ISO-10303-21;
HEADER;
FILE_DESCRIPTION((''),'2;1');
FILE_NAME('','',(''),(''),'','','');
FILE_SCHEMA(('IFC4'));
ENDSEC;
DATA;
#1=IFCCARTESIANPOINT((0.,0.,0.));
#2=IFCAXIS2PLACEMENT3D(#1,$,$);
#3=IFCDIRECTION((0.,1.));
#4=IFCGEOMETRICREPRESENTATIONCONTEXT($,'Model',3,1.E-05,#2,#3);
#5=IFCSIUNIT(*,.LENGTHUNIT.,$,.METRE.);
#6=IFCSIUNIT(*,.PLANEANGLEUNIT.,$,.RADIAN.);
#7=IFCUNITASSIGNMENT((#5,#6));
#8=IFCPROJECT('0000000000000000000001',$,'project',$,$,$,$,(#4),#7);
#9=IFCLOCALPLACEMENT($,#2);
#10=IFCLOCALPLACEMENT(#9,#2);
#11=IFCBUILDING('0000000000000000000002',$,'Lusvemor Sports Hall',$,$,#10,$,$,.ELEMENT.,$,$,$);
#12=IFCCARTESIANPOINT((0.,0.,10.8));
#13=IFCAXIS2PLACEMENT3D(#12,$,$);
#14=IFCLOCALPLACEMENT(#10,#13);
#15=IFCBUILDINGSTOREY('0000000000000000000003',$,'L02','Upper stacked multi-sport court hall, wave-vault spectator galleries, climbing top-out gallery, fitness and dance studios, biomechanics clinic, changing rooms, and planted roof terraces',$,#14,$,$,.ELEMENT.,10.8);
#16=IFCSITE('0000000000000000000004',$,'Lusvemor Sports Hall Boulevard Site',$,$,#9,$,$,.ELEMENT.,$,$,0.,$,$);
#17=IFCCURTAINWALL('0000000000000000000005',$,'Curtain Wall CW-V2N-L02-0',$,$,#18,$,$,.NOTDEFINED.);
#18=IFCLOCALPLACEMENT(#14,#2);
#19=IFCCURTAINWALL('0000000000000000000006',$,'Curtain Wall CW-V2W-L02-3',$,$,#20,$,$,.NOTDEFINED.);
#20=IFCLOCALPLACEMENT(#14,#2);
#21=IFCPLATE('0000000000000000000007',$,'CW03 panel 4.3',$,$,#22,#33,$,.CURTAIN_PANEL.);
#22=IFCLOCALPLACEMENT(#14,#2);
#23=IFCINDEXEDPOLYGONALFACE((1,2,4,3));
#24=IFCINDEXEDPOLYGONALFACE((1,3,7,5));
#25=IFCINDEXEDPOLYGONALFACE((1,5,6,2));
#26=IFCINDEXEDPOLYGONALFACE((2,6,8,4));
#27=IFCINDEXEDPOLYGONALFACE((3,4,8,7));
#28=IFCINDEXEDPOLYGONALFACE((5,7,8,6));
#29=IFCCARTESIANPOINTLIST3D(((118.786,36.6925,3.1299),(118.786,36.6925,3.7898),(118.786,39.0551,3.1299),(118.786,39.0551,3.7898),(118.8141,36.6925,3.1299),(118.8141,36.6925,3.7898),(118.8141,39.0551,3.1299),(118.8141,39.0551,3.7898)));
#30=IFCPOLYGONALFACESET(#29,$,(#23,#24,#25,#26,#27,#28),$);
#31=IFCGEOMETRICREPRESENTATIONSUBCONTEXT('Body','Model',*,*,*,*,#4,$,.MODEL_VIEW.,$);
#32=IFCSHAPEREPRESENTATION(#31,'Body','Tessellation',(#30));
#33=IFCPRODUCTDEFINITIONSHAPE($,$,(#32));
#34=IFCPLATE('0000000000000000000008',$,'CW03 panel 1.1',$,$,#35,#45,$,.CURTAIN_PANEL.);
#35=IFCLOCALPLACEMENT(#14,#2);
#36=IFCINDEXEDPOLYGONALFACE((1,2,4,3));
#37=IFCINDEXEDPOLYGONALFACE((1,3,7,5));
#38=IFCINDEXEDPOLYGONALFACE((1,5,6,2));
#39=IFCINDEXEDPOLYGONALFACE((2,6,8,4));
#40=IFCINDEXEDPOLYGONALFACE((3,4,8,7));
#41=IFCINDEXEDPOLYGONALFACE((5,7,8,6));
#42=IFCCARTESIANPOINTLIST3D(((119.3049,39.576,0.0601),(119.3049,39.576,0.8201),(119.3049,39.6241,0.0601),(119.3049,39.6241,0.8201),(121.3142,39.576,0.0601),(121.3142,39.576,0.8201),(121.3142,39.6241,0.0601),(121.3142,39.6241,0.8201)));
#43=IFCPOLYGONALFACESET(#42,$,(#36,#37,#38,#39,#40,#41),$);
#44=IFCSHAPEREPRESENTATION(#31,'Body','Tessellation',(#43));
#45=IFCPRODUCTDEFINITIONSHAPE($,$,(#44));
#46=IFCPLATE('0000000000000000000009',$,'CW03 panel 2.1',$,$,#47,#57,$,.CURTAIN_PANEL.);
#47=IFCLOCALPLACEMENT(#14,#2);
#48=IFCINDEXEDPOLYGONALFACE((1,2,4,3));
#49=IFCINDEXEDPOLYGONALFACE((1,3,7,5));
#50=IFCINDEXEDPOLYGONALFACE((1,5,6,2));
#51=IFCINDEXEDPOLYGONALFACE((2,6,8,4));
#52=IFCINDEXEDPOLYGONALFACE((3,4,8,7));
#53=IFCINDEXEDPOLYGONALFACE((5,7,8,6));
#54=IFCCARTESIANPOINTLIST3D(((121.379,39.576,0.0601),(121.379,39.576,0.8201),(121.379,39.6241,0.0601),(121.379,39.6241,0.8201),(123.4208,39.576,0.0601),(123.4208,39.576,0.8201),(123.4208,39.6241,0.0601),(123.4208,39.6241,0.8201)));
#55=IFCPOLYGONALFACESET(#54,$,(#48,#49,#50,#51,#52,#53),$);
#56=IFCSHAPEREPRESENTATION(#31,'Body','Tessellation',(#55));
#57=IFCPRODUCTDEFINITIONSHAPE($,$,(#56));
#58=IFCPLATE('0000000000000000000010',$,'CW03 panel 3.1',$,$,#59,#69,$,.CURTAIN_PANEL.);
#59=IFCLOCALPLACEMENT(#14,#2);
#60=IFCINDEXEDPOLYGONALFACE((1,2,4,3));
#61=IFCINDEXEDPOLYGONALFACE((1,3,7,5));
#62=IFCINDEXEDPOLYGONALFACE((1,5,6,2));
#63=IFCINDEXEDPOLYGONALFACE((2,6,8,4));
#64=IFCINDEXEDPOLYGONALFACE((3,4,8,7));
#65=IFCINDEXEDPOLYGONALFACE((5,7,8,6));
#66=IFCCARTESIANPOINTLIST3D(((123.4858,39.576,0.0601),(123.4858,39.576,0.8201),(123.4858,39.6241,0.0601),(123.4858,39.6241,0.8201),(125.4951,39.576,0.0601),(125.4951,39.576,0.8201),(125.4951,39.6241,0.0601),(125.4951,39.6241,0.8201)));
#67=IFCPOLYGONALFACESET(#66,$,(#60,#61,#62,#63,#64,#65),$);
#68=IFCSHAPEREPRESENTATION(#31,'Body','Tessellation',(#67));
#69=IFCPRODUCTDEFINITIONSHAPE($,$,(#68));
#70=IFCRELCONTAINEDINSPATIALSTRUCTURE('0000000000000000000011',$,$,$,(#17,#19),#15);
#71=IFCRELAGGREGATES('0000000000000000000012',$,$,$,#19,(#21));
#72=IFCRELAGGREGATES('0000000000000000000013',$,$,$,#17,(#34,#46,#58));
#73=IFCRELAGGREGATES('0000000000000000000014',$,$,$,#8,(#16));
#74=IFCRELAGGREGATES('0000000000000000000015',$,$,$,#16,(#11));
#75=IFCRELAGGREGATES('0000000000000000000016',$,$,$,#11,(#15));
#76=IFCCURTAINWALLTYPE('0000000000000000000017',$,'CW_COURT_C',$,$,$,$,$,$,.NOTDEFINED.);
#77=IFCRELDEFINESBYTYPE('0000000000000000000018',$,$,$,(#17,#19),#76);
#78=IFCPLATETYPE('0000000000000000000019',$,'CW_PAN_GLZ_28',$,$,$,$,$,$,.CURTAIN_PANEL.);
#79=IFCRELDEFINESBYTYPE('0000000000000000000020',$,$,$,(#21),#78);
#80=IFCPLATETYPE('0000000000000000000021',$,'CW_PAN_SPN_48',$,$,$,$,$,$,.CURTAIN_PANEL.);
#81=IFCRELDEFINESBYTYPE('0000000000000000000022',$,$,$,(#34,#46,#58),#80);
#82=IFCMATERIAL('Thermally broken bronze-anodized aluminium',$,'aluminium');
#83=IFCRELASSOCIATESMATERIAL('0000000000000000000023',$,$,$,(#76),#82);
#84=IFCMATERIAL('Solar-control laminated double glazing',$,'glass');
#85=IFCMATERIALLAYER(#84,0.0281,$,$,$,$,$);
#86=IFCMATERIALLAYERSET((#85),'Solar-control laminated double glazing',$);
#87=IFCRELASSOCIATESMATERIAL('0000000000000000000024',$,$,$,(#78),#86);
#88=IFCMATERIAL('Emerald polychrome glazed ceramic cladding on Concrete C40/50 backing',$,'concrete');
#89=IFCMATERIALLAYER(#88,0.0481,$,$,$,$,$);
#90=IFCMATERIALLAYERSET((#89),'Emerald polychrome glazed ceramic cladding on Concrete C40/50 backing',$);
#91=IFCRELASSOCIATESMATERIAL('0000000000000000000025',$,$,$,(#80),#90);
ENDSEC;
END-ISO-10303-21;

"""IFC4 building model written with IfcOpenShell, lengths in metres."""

from ifc_helpers import new_model, si_unit, direction, frame, origin, origin_2d, place, context, subcontext, project, spatial, rectangle, extrude, material, layer, layer_set, type_object, element, aggregate, save


model = new_model("IFC4")

# Units and contexts
model_context = context("Model", 3, precision=1e-05, world=origin(), true_north=direction((0.0, 1.0)))
body_context = subcontext(model_context, "Body", "Model", "MODEL_VIEW")
ifc_project = project(units=[si_unit("LENGTHUNIT", "METRE"), si_unit("PLANEANGLEUNIT", "RADIAN")], contexts=[model_context])

# Site, building, storey
site_placement = place(None, origin())
site = spatial("IfcSite", under=ifc_project, at=site_placement, Name="Lusvemor Sports Hall Boulevard Site", CompositionType="ELEMENT", RefElevation=0.0)
building_placement = place(site_placement, origin())
building = spatial("IfcBuilding", under=site, at=building_placement, Name="Lusvemor Sports Hall", CompositionType="ELEMENT")
storey_placement = place(building_placement, frame((0.0, 0.0, 10.8)))
storey = spatial("IfcBuildingStorey", under=building, at=storey_placement, Name="L02", Description="Upper stacked multi-sport court hall, wave-vault spectator galleries, climbing top-out gallery, fitness and dance studios, biomechanics clinic, changing rooms, and planted roof terraces", CompositionType="ELEMENT", Elevation=10.8)

# Curtain wall
ifc_material_1 = material(Name="Thermally broken bronze-anodized aluminium", Category="aluminium")
curtain_wall_type = type_object("IfcCurtainWallType", Name="CW_COURT_C", PredefinedType="NOTDEFINED", material=ifc_material_1)
curtain_wall_1_placement = place(storey_placement, origin())
curtain_wall_1 = element("IfcCurtainWall", 1, at=curtain_wall_1_placement, inside=storey, type_object=curtain_wall_type, Name="Curtain Wall CW-V2N-L02-0", PredefinedType="NOTDEFINED")

# Curtain wall
curtain_wall_2_placement = place(storey_placement, origin())
curtain_wall_2 = element("IfcCurtainWall", 2, at=curtain_wall_2_placement, inside=storey, type_object=curtain_wall_type, Name="Curtain Wall CW-V2W-L02-3", PredefinedType="NOTDEFINED")

# Plates
ifc_material_2 = material(Name="Solar-control laminated double glazing", Category="glass")
ifc_layer_1 = layer(ifc_material_2, 0.0281)
ifc_layer_set_1 = layer_set([ifc_layer_1], Name="Solar-control laminated double glazing")
plate_type_1 = type_object("IfcPlateType", Name="CW_PAN_GLZ_28", PredefinedType="CURTAIN_PANEL", material=ifc_layer_set_1)
plate_1_placement = place(storey_placement, frame((118.8, 37.8738, 3.1299), z_axis=(0.0, 0.0, 1.0), x_axis=(0.0, 1.0, 0.0)))
plate_1 = element("IfcPlate", 3, at=plate_1_placement, type_object=plate_type_1, Name="CW03 panel 4.3", PredefinedType="CURTAIN_PANEL", context=body_context, shape_type="SweptSolid", body=[
    extrude(rectangle(XDim=2.3625, YDim=0.0281, at=origin_2d()), origin(), (0.0, 0.0, 1.0), 0.6599),
])
aggregate(curtain_wall_2, [plate_1])
ifc_material_3 = material(Name="Emerald polychrome glazed ceramic cladding on Concrete C40/50 backing", Category="concrete")
ifc_layer_2 = layer(ifc_material_3, 0.0481)
ifc_layer_set_2 = layer_set([ifc_layer_2], Name="Emerald polychrome glazed ceramic cladding on Concrete C40/50 backing")
plate_type_2 = type_object("IfcPlateType", Name="CW_PAN_SPN_48", PredefinedType="CURTAIN_PANEL", material=ifc_layer_set_2)
plate_2_placement = place(storey_placement, frame((120.3096, 39.6001, 0.0601), z_axis=(0.0, 0.0, 1.0), x_axis=(1.0, 0.0, 0.0)))
plate_2 = element("IfcPlate", 4, at=plate_2_placement, type_object=plate_type_2, Name="CW03 panel 1.1", PredefinedType="CURTAIN_PANEL", context=body_context, shape_type="SweptSolid", body=[
    extrude(rectangle(XDim=2.0093, YDim=0.0481, at=origin_2d()), origin(), (0.0, 0.0, 1.0), 0.76),
])
plate_3_placement = place(storey_placement, frame((122.3999, 39.6001, 0.0601), z_axis=(0.0, 0.0, 1.0), x_axis=(1.0, 0.0, 0.0)))
plate_3 = element("IfcPlate", 5, at=plate_3_placement, type_object=plate_type_2, Name="CW03 panel 2.1", PredefinedType="CURTAIN_PANEL", context=body_context, shape_type="SweptSolid", body=[
    extrude(rectangle(XDim=2.0417, YDim=0.0481, at=origin_2d()), origin(), (0.0, 0.0, 1.0), 0.76),
])
plate_4_placement = place(storey_placement, frame((124.4905, 39.6001, 0.0601), z_axis=(0.0, 0.0, 1.0), x_axis=(1.0, 0.0, 0.0)))
plate_4 = element("IfcPlate", 6, at=plate_4_placement, type_object=plate_type_2, Name="CW03 panel 3.1", PredefinedType="CURTAIN_PANEL", context=body_context, shape_type="SweptSolid", body=[
    extrude(rectangle(XDim=2.0093, YDim=0.0481, at=origin_2d()), origin(), (0.0, 0.0, 1.0), 0.76),
])
aggregate(curtain_wall_1, [plate_2, plate_3, plate_4])

save(model, "model.ifc")
